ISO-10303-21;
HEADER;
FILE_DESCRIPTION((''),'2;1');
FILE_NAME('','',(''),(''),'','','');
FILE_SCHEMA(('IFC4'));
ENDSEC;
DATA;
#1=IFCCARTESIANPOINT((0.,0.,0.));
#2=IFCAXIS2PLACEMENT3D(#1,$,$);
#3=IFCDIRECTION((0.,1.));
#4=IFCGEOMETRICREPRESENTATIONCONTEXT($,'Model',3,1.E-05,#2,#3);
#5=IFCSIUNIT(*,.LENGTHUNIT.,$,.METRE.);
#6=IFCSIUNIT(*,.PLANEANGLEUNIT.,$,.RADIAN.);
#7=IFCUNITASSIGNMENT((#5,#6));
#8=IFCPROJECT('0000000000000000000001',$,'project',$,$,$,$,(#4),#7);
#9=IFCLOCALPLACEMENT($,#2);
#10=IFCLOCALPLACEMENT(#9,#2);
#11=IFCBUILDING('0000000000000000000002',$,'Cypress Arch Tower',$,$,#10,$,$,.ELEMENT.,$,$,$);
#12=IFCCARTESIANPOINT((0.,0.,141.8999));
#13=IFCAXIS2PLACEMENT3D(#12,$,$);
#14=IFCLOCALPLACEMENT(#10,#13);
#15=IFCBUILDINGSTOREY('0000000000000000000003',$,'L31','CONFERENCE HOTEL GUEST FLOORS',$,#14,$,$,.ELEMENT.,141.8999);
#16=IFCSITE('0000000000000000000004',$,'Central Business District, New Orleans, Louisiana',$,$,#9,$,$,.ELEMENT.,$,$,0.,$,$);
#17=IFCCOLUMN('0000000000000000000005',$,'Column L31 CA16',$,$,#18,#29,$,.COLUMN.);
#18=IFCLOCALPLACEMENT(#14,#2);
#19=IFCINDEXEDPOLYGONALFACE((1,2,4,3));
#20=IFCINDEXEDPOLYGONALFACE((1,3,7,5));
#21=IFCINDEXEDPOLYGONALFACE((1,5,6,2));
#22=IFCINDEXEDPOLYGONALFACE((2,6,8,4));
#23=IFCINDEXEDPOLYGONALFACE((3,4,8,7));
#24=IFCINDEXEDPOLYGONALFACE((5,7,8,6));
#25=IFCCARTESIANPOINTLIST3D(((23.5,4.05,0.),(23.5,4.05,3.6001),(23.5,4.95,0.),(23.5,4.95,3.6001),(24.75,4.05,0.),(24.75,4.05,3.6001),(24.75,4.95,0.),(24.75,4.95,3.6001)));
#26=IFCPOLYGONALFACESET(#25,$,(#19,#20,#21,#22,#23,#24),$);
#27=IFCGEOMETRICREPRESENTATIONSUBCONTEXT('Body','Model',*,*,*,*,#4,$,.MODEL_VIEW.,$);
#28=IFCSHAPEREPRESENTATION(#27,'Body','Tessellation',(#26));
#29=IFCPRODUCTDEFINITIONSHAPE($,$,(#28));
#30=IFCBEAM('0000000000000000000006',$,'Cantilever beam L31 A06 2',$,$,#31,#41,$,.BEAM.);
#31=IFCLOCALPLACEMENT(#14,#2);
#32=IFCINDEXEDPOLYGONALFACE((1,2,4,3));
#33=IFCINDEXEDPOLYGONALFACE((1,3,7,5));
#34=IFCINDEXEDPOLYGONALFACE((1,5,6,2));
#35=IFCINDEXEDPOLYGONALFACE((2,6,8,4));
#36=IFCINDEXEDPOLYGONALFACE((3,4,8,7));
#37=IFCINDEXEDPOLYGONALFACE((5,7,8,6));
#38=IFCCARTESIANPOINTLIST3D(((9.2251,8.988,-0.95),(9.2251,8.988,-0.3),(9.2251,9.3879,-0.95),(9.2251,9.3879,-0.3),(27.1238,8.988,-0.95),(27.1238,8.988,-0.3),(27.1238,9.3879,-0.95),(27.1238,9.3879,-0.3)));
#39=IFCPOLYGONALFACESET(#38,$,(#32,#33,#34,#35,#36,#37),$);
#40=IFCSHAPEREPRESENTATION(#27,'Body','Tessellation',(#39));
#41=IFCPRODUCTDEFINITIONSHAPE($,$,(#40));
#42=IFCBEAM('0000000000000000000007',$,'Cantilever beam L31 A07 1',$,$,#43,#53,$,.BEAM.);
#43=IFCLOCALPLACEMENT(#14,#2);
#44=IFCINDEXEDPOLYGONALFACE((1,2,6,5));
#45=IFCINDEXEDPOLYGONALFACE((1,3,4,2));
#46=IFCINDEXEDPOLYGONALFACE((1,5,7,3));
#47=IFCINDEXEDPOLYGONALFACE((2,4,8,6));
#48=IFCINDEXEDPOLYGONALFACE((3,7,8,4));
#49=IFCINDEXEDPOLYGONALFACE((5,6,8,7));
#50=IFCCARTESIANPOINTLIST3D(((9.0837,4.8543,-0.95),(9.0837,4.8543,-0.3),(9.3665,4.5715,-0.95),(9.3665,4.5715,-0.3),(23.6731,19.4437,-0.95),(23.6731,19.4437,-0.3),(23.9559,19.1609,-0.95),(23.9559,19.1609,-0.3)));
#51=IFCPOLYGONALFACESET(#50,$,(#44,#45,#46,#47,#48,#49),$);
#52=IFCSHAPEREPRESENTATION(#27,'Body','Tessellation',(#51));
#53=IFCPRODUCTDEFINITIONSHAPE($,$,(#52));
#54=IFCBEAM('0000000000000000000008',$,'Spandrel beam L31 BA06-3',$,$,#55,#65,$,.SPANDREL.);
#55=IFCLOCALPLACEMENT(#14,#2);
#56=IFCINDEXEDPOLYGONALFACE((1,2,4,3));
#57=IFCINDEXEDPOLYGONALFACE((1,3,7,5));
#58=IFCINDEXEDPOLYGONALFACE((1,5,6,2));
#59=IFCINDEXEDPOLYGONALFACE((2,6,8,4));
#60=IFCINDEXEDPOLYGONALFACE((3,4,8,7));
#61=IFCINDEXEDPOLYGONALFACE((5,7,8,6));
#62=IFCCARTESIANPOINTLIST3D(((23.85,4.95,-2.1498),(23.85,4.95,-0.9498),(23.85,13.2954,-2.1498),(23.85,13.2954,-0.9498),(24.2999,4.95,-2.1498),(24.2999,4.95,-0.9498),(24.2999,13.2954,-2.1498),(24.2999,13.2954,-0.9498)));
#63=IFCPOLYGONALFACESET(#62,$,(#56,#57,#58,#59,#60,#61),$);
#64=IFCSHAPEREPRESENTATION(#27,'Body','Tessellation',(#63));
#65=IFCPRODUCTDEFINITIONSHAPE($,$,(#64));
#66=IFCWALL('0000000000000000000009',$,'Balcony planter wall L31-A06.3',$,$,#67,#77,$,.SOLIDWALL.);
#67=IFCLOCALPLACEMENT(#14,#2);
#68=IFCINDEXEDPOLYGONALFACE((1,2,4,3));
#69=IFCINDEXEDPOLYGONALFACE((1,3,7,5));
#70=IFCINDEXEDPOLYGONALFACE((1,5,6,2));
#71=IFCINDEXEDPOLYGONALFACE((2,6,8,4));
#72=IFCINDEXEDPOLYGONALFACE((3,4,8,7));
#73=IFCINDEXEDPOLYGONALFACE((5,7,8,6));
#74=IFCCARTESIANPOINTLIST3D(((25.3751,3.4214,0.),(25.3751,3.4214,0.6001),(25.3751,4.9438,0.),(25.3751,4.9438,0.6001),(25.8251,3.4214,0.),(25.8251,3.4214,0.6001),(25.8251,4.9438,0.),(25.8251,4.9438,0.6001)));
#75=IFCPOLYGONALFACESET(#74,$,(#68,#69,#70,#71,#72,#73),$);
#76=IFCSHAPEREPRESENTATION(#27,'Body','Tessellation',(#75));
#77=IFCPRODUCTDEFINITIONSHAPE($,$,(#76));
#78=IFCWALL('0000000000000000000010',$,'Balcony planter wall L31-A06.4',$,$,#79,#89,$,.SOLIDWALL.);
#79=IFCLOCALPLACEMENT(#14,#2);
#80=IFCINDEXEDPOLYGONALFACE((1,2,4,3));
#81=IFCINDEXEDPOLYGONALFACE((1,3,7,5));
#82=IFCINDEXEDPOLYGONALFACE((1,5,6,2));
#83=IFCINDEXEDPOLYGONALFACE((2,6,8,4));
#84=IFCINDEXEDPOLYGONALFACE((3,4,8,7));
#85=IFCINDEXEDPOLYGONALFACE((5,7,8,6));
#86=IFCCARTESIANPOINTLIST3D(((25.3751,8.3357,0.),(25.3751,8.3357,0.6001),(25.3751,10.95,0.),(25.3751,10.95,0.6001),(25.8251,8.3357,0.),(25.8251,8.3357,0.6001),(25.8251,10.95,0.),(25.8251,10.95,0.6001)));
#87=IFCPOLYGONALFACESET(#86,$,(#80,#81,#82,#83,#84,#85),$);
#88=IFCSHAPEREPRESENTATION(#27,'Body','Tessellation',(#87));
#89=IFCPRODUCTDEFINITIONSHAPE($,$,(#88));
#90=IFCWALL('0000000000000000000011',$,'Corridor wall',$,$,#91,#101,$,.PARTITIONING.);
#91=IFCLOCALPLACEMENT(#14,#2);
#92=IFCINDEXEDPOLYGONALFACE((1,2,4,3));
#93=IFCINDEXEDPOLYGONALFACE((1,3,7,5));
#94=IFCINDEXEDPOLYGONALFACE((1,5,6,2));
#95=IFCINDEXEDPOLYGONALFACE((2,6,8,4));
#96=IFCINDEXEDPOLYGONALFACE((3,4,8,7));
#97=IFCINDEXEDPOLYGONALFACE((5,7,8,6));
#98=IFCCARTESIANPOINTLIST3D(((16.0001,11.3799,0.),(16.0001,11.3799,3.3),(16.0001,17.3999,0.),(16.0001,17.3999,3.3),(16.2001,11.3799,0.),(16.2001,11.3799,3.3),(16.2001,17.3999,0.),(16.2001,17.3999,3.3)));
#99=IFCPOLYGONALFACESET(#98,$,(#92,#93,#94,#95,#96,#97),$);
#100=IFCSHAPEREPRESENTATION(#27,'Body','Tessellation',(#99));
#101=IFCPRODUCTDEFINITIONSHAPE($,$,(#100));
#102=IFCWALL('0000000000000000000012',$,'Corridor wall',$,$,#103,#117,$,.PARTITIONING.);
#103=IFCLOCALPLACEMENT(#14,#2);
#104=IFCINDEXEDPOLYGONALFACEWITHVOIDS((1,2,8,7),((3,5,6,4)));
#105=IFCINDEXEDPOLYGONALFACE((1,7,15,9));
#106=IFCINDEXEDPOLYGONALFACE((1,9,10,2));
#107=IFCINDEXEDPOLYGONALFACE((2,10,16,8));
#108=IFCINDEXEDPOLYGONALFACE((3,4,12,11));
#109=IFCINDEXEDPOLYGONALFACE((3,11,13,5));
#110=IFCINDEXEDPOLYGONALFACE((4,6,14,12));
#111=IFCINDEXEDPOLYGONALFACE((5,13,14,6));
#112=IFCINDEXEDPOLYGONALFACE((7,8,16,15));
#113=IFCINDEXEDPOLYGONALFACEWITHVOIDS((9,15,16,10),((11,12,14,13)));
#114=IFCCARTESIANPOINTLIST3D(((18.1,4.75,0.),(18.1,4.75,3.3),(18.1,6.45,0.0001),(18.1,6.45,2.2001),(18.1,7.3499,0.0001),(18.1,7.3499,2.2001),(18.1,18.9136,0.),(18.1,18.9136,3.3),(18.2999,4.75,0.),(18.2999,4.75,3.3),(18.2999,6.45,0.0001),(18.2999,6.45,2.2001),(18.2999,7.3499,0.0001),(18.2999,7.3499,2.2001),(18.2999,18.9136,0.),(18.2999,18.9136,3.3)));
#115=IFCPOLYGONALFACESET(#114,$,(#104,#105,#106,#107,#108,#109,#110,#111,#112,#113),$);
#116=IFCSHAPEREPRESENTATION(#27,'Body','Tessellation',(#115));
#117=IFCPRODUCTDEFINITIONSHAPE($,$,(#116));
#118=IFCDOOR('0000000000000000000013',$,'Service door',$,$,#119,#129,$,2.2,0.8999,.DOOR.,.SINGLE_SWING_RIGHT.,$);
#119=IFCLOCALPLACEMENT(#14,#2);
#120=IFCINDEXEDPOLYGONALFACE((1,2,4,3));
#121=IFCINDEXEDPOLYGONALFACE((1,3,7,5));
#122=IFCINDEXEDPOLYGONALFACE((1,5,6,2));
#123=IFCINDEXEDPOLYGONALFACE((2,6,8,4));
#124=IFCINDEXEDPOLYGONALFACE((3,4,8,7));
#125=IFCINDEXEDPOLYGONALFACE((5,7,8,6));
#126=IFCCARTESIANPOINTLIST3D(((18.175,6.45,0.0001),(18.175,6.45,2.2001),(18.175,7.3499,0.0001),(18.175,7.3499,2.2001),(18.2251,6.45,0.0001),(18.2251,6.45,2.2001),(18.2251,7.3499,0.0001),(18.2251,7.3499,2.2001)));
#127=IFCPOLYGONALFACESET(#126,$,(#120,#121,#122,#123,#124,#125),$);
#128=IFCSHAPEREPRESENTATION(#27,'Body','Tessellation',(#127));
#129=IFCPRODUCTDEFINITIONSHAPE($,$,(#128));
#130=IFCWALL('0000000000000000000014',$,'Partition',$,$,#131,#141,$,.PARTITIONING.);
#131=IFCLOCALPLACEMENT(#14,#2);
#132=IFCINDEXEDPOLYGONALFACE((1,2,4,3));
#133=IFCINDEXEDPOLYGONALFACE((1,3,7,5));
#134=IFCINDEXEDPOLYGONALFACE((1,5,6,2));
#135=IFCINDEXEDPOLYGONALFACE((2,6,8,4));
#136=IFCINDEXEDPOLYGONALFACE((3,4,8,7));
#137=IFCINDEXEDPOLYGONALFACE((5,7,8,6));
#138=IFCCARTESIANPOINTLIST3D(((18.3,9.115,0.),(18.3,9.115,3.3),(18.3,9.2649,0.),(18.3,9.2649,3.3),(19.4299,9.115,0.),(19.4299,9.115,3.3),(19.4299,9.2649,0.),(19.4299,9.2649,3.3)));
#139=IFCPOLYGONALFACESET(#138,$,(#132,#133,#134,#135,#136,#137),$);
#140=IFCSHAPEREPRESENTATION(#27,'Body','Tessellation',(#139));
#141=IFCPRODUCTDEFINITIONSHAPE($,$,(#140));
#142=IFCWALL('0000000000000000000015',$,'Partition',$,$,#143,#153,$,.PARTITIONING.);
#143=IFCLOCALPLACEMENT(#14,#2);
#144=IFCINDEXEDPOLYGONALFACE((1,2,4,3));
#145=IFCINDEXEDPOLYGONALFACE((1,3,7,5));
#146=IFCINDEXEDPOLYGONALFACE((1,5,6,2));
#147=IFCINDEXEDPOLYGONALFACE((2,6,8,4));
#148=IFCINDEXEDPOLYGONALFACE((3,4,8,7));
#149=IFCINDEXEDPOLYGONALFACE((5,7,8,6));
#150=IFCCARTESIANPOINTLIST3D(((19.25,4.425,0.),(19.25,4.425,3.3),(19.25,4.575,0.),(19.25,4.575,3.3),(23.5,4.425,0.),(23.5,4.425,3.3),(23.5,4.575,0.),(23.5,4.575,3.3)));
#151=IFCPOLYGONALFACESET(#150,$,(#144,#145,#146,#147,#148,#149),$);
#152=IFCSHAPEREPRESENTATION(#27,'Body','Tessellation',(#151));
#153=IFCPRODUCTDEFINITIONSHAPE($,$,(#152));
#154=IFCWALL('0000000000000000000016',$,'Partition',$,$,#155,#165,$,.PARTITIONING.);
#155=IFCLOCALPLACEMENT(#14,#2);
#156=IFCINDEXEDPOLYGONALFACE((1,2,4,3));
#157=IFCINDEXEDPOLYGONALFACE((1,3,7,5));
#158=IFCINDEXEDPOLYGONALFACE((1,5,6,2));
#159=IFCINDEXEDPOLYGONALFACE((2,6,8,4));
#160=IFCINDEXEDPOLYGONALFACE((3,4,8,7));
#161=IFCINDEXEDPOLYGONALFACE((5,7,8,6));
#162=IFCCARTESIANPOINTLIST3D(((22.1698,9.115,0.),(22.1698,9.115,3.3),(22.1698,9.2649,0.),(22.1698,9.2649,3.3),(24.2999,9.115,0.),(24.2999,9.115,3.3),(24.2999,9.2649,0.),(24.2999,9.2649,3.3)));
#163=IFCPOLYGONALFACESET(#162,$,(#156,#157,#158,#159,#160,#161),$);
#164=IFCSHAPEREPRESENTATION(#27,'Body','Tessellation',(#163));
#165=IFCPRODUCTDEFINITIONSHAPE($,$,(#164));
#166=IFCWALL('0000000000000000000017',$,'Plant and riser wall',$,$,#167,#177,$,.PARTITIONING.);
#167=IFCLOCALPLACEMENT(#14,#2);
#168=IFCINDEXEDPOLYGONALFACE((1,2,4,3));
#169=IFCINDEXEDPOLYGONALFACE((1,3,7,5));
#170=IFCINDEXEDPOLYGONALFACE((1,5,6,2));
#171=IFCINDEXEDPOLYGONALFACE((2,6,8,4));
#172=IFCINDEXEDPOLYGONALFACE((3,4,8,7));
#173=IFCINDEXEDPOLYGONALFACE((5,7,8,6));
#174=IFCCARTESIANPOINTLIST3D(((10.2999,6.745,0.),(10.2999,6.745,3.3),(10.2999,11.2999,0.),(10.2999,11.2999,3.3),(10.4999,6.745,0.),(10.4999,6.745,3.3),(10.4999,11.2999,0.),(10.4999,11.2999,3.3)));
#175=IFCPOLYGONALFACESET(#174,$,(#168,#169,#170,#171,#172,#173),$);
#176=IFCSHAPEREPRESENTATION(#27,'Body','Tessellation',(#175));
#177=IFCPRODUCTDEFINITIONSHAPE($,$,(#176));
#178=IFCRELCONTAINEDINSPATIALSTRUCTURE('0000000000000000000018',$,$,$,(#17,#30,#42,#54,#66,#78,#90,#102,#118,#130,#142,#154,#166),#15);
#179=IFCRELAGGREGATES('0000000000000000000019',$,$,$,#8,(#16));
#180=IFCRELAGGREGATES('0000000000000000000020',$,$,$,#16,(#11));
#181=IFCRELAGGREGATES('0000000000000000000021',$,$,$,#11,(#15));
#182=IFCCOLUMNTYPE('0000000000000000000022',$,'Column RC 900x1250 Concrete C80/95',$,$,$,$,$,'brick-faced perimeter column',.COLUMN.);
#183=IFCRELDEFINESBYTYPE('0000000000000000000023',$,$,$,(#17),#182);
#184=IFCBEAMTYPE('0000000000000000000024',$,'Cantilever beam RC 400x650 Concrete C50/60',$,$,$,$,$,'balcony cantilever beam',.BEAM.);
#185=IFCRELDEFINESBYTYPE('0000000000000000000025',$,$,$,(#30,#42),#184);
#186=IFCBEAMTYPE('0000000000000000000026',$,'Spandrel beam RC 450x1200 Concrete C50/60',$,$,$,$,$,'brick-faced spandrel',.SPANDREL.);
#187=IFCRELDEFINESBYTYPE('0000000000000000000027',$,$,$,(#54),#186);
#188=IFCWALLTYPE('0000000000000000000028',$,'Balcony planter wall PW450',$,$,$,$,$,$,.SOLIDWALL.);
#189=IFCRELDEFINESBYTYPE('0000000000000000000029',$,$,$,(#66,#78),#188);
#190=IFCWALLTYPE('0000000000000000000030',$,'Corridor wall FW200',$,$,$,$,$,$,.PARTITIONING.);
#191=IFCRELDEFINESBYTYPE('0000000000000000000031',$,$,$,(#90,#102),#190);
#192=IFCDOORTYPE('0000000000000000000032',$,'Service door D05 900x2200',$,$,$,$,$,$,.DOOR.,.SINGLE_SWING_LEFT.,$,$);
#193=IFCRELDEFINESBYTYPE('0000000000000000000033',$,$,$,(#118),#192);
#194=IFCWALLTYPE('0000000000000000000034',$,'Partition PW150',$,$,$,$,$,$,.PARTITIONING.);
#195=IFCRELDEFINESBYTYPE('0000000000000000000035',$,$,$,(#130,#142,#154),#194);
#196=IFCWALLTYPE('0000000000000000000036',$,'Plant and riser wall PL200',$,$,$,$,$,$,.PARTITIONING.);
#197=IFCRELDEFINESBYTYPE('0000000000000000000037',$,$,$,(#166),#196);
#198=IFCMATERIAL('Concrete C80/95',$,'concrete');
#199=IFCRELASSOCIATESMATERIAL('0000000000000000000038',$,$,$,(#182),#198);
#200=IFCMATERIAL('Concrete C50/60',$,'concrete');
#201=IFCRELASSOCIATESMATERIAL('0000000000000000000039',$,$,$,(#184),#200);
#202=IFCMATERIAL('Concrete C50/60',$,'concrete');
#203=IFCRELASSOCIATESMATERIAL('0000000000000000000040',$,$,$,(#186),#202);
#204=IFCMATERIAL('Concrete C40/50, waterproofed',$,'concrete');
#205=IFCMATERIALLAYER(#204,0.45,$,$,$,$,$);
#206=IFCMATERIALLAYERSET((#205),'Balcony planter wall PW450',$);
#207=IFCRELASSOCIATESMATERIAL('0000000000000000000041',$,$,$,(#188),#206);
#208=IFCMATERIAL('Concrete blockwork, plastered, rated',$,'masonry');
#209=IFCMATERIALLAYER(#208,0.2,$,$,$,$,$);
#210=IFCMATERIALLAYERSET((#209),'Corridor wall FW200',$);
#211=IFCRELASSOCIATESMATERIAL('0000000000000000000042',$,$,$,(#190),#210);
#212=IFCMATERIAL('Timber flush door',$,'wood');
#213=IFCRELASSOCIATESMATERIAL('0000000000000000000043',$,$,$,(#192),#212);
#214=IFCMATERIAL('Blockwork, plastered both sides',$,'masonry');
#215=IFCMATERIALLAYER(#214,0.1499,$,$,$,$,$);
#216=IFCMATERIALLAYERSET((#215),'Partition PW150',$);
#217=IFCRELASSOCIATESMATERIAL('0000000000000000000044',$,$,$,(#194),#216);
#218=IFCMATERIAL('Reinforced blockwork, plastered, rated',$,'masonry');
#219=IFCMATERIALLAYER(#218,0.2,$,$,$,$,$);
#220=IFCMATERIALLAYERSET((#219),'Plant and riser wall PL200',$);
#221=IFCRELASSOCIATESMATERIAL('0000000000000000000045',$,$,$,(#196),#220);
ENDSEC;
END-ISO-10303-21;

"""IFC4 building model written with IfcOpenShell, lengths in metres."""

from ifc_helpers import new_model, si_unit, direction, frame, frame_2d, origin, origin_2d, place, context, subcontext, project, spatial, rectangle, extrude, material, layer, layer_set, material_profile, profile_set, type_object, element, fill, save


model = new_model("IFC4")

# Units and contexts
model_context = context("Model", 3, precision=1e-05, world=origin(), true_north=direction((0.0, 1.0)))
body_context = subcontext(model_context, "Body", "Model", "MODEL_VIEW")
ifc_project = project(units=[si_unit("LENGTHUNIT", "METRE"), si_unit("PLANEANGLEUNIT", "RADIAN")], contexts=[model_context])

# Site, building, storey
site_placement = place(None, origin())
site = spatial("IfcSite", under=ifc_project, at=site_placement, Name="Central Business District, New Orleans, Louisiana", CompositionType="ELEMENT", RefElevation=0.0)
building_placement = place(site_placement, origin())
building = spatial("IfcBuilding", under=site, at=building_placement, Name="Cypress Arch Tower", CompositionType="ELEMENT")
storey_placement = place(building_placement, frame((0.0, 0.0, 141.8999)))
storey = spatial("IfcBuildingStorey", under=building, at=storey_placement, Name="L31", Description="CONFERENCE HOTEL GUEST FLOORS", CompositionType="ELEMENT", Elevation=141.8999)

# Column
ifc_material_1 = material(Name="Concrete C80/95", Category="concrete")
ifc_material_profile_1 = material_profile(ifc_material_1, rectangle(XDim=0.8999, YDim=1.25, at=origin_2d()), Name="RC 900x1250")
ifc_profile_set_1 = profile_set([ifc_material_profile_1], Name="Concrete C80/95")
column_type = type_object("IfcColumnType", Name="Column RC 900x1250 Concrete C80/95", ElementType="brick-faced perimeter column", PredefinedType="COLUMN", material=ifc_profile_set_1)
column_placement = place(storey_placement, frame((24.125, 4.5, 0.0), z_axis=(0.0, 0.0, 1.0), x_axis=(0.0, 1.0, 0.0)))
element("IfcColumn", 1, at=column_placement, inside=storey, type_object=column_type, Name="Column L31 CA16", PredefinedType="COLUMN", context=body_context, shape_type="SweptSolid", body=[
    extrude(rectangle(XDim=0.8999, YDim=1.25, at=origin_2d()), origin(), (0.0, 0.0, 1.0), 3.6001),
])

# Beams
ifc_material_2 = material(Name="Concrete C50/60", Category="concrete")
ifc_material_profile_2 = material_profile(ifc_material_2, rectangle(XDim=0.3999, YDim=0.6499, at=origin_2d()), Name="RC 400x650")
ifc_profile_set_2 = profile_set([ifc_material_profile_2], Name="Concrete C50/60")
beam_type_1 = type_object("IfcBeamType", Name="Cantilever beam RC 400x650 Concrete C50/60", ElementType="balcony cantilever beam", PredefinedType="BEAM", material=ifc_profile_set_2)
beam_1_placement = place(storey_placement, frame((9.2251, 9.188, -0.625), z_axis=(1.0, 0.0, 0.0), x_axis=(0.0, 1.0, 0.0)))
element("IfcBeam", 2, at=beam_1_placement, inside=storey, type_object=beam_type_1, Name="Cantilever beam L31 A06 2", PredefinedType="BEAM", context=body_context, shape_type="SweptSolid", body=[
    extrude(rectangle(XDim=0.3999, YDim=0.6499, at=origin_2d()), origin(), (0.0, 0.0, 1.0), 17.8987),
])
beam_2_placement = place(storey_placement, frame((9.2251, 4.7129, -0.625), z_axis=(0.707107, 0.707107, 0.0), x_axis=(-0.707107, 0.707107, 0.0)))
element("IfcBeam", 3, at=beam_2_placement, inside=storey, type_object=beam_type_1, Name="Cantilever beam L31 A07 1", PredefinedType="BEAM", context=body_context, shape_type="SweptSolid", body=[
    extrude(rectangle(XDim=0.3999, YDim=0.6499, at=origin_2d()), origin(), (0.0, 0.0, 1.0), 20.6326),
])
ifc_material_3 = material(Name="Concrete C50/60", Category="concrete")
ifc_material_profile_3 = material_profile(ifc_material_3, rectangle(XDim=0.45, YDim=1.2, at=origin_2d()), Name="RC 450x1200")
ifc_profile_set_3 = profile_set([ifc_material_profile_3], Name="Concrete C50/60")
beam_type_2 = type_object("IfcBeamType", Name="Spandrel beam RC 450x1200 Concrete C50/60", ElementType="brick-faced spandrel", PredefinedType="SPANDREL", material=ifc_profile_set_3)
beam_3_placement = place(storey_placement, frame((24.075, 4.95, -1.5498), z_axis=(0.0, 1.0, 0.0), x_axis=(-1.0, 0.0, 0.0)))
element("IfcBeam", 4, at=beam_3_placement, inside=storey, type_object=beam_type_2, Name="Spandrel beam L31 BA06-3", PredefinedType="SPANDREL", context=body_context, shape_type="SweptSolid", body=[
    extrude(rectangle(XDim=0.45, YDim=1.2, at=origin_2d()), origin(), (0.0, 0.0, 1.0), 8.3455),
])

# Walls
ifc_material_4 = material(Name="Concrete C40/50, waterproofed", Category="concrete")
ifc_layer_1 = layer(ifc_material_4, 0.45)
ifc_layer_set_1 = layer_set([ifc_layer_1], Name="Balcony planter wall PW450")
wall_type_1 = type_object("IfcWallType", Name="Balcony planter wall PW450", PredefinedType="SOLIDWALL", material=ifc_layer_set_1)
wall_1_placement = place(storey_placement, frame((25.6001, 3.4214, 0.0), z_axis=(0.0, 0.0, 1.0), x_axis=(0.0, 1.0, 0.0)))
element("IfcWall", 5, at=wall_1_placement, inside=storey, type_object=wall_type_1, Name="Balcony planter wall L31-A06.3", PredefinedType="SOLIDWALL", context=body_context, shape_type="SweptSolid", body=[
    extrude(rectangle(XDim=1.5225, YDim=0.45, at=frame_2d((0.7612, 0.0))), origin(), (0.0, 0.0, 1.0), 0.6001),
])
wall_2_placement = place(storey_placement, frame((25.6001, 8.3357, 0.0), z_axis=(0.0, 0.0, 1.0), x_axis=(0.0, 1.0, 0.0)))
element("IfcWall", 6, at=wall_2_placement, inside=storey, type_object=wall_type_1, Name="Balcony planter wall L31-A06.4", PredefinedType="SOLIDWALL", context=body_context, shape_type="SweptSolid", body=[
    extrude(rectangle(XDim=2.6143, YDim=0.45, at=frame_2d((1.3071, 0.0))), origin(), (0.0, 0.0, 1.0), 0.6001),
])

# Wall
ifc_material_5 = material(Name="Concrete blockwork, plastered, rated", Category="masonry")
ifc_layer_2 = layer(ifc_material_5, 0.2)
ifc_layer_set_2 = layer_set([ifc_layer_2], Name="Corridor wall FW200")
wall_type_2 = type_object("IfcWallType", Name="Corridor wall FW200", PredefinedType="PARTITIONING", material=ifc_layer_set_2)
wall_3_placement = place(storey_placement, frame((16.1001, 11.3799, 0.0), z_axis=(0.0, 0.0, 1.0), x_axis=(0.0, 1.0, 0.0)))
element("IfcWall", 7, at=wall_3_placement, inside=storey, type_object=wall_type_2, Name="Corridor wall", PredefinedType="PARTITIONING", context=body_context, shape_type="SweptSolid", body=[
    extrude(rectangle(XDim=6.02, YDim=0.2, at=frame_2d((3.01, 0.0))), origin(), (0.0, 0.0, 1.0), 3.3),
])

# Wall, opening, door
wall_4_placement = place(storey_placement, frame((18.2, 4.75, 0.0), z_axis=(0.0, 0.0, 1.0), x_axis=(0.0, 1.0, 0.0)))
wall_4 = element("IfcWall", 8, at=wall_4_placement, inside=storey, type_object=wall_type_2, Name="Corridor wall", PredefinedType="PARTITIONING", context=body_context, shape_type="SweptSolid", body=[
    extrude(rectangle(XDim=14.1636, YDim=0.2, at=frame_2d((7.0818, 0.0))), origin(), (0.0, 0.0, 1.0), 3.3),
])
opening_1_placement = place(wall_4_placement, frame((1.7, 0.0, 0.0)))
opening_1 = element("IfcOpeningElement", 9, at=opening_1_placement, cuts=wall_4, PredefinedType="OPENING", context=body_context, shape_type="SweptSolid", body=[
    extrude(rectangle(XDim=0.8999, YDim=2.2, at=frame_2d((0.45, 1.1001))), frame((0.0, 0.1099, 0.0), z_axis=(0.0, -1.0, 0.0), x_axis=(1.0, 0.0, 0.0)), (0.0, 0.0, 1.0), 0.22),
])
ifc_material_6 = material(Name="Timber flush door", Category="wood")
door_type_1 = type_object("IfcDoorType", Name="Service door D05 900x2200", OperationType="SINGLE_SWING_LEFT", PredefinedType="DOOR", material=ifc_material_6)
door_1_placement = place(opening_1_placement, origin())
door_1 = element("IfcDoor", 10, at=door_1_placement, inside=storey, type_object=door_type_1, Name="Service door", OperationType="SINGLE_SWING_RIGHT", OverallHeight=2.2, OverallWidth=0.8999, PredefinedType="DOOR", context=body_context, shape_type="SweptSolid", body=[
    extrude(rectangle(XDim=0.8999, YDim=2.2, at=frame_2d((0.45, 1.1001))), frame((0.0, 0.0249, 0.0), z_axis=(0.0, -1.0, 0.0), x_axis=(1.0, 0.0, 0.0)), (0.0, 0.0, 1.0), 0.05),
])
fill(opening_1, door_1)

# Walls
ifc_material_7 = material(Name="Blockwork, plastered both sides", Category="masonry")
ifc_layer_3 = layer(ifc_material_7, 0.1499)
ifc_layer_set_3 = layer_set([ifc_layer_3], Name="Partition PW150")
wall_type_3 = type_object("IfcWallType", Name="Partition PW150", PredefinedType="PARTITIONING", material=ifc_layer_set_3)
wall_5_placement = place(storey_placement, frame((18.3, 9.1899, 0.0), z_axis=(0.0, 0.0, 1.0), x_axis=(1.0, 0.0, 0.0)))
element("IfcWall", 11, at=wall_5_placement, inside=storey, type_object=wall_type_3, Name="Partition", PredefinedType="PARTITIONING", context=body_context, shape_type="SweptSolid", body=[
    extrude(rectangle(XDim=1.1299, YDim=0.1499, at=frame_2d((0.5649, 0.0))), origin(), (0.0, 0.0, 1.0), 3.3),
])
wall_6_placement = place(storey_placement, frame((19.25, 4.5, 0.0), z_axis=(0.0, 0.0, 1.0), x_axis=(1.0, 0.0, 0.0)))
element("IfcWall", 12, at=wall_6_placement, inside=storey, type_object=wall_type_3, Name="Partition", PredefinedType="PARTITIONING", context=body_context, shape_type="SweptSolid", body=[
    extrude(rectangle(XDim=4.25, YDim=0.1499, at=frame_2d((2.125, 0.0))), origin(), (0.0, 0.0, 1.0), 3.3),
])
wall_7_placement = place(storey_placement, frame((22.1699, 9.1899, 0.0), z_axis=(0.0, 0.0, 1.0), x_axis=(1.0, 0.0, 0.0)))
element("IfcWall", 13, at=wall_7_placement, inside=storey, type_object=wall_type_3, Name="Partition", PredefinedType="PARTITIONING", context=body_context, shape_type="SweptSolid", body=[
    extrude(rectangle(XDim=2.1301, YDim=0.1499, at=frame_2d((1.0649, 0.0))), origin(), (0.0, 0.0, 1.0), 3.3),
])
ifc_material_8 = material(Name="Reinforced blockwork, plastered, rated", Category="masonry")
ifc_layer_4 = layer(ifc_material_8, 0.2)
ifc_layer_set_4 = layer_set([ifc_layer_4], Name="Plant and riser wall PL200")
wall_type_4 = type_object("IfcWallType", Name="Plant and riser wall PL200", PredefinedType="PARTITIONING", material=ifc_layer_set_4)
wall_8_placement = place(storey_placement, frame((10.3999, 6.7451, 0.0), z_axis=(0.0, 0.0, 1.0), x_axis=(0.0, 1.0, 0.0)))
element("IfcWall", 14, at=wall_8_placement, inside=storey, type_object=wall_type_4, Name="Plant and riser wall", PredefinedType="PARTITIONING", context=body_context, shape_type="SweptSolid", body=[
    extrude(rectangle(XDim=4.5549, YDim=0.2, at=frame_2d((2.2773, 0.0))), origin(), (0.0, 0.0, 1.0), 3.3),
])

save(model, "model.ifc")
